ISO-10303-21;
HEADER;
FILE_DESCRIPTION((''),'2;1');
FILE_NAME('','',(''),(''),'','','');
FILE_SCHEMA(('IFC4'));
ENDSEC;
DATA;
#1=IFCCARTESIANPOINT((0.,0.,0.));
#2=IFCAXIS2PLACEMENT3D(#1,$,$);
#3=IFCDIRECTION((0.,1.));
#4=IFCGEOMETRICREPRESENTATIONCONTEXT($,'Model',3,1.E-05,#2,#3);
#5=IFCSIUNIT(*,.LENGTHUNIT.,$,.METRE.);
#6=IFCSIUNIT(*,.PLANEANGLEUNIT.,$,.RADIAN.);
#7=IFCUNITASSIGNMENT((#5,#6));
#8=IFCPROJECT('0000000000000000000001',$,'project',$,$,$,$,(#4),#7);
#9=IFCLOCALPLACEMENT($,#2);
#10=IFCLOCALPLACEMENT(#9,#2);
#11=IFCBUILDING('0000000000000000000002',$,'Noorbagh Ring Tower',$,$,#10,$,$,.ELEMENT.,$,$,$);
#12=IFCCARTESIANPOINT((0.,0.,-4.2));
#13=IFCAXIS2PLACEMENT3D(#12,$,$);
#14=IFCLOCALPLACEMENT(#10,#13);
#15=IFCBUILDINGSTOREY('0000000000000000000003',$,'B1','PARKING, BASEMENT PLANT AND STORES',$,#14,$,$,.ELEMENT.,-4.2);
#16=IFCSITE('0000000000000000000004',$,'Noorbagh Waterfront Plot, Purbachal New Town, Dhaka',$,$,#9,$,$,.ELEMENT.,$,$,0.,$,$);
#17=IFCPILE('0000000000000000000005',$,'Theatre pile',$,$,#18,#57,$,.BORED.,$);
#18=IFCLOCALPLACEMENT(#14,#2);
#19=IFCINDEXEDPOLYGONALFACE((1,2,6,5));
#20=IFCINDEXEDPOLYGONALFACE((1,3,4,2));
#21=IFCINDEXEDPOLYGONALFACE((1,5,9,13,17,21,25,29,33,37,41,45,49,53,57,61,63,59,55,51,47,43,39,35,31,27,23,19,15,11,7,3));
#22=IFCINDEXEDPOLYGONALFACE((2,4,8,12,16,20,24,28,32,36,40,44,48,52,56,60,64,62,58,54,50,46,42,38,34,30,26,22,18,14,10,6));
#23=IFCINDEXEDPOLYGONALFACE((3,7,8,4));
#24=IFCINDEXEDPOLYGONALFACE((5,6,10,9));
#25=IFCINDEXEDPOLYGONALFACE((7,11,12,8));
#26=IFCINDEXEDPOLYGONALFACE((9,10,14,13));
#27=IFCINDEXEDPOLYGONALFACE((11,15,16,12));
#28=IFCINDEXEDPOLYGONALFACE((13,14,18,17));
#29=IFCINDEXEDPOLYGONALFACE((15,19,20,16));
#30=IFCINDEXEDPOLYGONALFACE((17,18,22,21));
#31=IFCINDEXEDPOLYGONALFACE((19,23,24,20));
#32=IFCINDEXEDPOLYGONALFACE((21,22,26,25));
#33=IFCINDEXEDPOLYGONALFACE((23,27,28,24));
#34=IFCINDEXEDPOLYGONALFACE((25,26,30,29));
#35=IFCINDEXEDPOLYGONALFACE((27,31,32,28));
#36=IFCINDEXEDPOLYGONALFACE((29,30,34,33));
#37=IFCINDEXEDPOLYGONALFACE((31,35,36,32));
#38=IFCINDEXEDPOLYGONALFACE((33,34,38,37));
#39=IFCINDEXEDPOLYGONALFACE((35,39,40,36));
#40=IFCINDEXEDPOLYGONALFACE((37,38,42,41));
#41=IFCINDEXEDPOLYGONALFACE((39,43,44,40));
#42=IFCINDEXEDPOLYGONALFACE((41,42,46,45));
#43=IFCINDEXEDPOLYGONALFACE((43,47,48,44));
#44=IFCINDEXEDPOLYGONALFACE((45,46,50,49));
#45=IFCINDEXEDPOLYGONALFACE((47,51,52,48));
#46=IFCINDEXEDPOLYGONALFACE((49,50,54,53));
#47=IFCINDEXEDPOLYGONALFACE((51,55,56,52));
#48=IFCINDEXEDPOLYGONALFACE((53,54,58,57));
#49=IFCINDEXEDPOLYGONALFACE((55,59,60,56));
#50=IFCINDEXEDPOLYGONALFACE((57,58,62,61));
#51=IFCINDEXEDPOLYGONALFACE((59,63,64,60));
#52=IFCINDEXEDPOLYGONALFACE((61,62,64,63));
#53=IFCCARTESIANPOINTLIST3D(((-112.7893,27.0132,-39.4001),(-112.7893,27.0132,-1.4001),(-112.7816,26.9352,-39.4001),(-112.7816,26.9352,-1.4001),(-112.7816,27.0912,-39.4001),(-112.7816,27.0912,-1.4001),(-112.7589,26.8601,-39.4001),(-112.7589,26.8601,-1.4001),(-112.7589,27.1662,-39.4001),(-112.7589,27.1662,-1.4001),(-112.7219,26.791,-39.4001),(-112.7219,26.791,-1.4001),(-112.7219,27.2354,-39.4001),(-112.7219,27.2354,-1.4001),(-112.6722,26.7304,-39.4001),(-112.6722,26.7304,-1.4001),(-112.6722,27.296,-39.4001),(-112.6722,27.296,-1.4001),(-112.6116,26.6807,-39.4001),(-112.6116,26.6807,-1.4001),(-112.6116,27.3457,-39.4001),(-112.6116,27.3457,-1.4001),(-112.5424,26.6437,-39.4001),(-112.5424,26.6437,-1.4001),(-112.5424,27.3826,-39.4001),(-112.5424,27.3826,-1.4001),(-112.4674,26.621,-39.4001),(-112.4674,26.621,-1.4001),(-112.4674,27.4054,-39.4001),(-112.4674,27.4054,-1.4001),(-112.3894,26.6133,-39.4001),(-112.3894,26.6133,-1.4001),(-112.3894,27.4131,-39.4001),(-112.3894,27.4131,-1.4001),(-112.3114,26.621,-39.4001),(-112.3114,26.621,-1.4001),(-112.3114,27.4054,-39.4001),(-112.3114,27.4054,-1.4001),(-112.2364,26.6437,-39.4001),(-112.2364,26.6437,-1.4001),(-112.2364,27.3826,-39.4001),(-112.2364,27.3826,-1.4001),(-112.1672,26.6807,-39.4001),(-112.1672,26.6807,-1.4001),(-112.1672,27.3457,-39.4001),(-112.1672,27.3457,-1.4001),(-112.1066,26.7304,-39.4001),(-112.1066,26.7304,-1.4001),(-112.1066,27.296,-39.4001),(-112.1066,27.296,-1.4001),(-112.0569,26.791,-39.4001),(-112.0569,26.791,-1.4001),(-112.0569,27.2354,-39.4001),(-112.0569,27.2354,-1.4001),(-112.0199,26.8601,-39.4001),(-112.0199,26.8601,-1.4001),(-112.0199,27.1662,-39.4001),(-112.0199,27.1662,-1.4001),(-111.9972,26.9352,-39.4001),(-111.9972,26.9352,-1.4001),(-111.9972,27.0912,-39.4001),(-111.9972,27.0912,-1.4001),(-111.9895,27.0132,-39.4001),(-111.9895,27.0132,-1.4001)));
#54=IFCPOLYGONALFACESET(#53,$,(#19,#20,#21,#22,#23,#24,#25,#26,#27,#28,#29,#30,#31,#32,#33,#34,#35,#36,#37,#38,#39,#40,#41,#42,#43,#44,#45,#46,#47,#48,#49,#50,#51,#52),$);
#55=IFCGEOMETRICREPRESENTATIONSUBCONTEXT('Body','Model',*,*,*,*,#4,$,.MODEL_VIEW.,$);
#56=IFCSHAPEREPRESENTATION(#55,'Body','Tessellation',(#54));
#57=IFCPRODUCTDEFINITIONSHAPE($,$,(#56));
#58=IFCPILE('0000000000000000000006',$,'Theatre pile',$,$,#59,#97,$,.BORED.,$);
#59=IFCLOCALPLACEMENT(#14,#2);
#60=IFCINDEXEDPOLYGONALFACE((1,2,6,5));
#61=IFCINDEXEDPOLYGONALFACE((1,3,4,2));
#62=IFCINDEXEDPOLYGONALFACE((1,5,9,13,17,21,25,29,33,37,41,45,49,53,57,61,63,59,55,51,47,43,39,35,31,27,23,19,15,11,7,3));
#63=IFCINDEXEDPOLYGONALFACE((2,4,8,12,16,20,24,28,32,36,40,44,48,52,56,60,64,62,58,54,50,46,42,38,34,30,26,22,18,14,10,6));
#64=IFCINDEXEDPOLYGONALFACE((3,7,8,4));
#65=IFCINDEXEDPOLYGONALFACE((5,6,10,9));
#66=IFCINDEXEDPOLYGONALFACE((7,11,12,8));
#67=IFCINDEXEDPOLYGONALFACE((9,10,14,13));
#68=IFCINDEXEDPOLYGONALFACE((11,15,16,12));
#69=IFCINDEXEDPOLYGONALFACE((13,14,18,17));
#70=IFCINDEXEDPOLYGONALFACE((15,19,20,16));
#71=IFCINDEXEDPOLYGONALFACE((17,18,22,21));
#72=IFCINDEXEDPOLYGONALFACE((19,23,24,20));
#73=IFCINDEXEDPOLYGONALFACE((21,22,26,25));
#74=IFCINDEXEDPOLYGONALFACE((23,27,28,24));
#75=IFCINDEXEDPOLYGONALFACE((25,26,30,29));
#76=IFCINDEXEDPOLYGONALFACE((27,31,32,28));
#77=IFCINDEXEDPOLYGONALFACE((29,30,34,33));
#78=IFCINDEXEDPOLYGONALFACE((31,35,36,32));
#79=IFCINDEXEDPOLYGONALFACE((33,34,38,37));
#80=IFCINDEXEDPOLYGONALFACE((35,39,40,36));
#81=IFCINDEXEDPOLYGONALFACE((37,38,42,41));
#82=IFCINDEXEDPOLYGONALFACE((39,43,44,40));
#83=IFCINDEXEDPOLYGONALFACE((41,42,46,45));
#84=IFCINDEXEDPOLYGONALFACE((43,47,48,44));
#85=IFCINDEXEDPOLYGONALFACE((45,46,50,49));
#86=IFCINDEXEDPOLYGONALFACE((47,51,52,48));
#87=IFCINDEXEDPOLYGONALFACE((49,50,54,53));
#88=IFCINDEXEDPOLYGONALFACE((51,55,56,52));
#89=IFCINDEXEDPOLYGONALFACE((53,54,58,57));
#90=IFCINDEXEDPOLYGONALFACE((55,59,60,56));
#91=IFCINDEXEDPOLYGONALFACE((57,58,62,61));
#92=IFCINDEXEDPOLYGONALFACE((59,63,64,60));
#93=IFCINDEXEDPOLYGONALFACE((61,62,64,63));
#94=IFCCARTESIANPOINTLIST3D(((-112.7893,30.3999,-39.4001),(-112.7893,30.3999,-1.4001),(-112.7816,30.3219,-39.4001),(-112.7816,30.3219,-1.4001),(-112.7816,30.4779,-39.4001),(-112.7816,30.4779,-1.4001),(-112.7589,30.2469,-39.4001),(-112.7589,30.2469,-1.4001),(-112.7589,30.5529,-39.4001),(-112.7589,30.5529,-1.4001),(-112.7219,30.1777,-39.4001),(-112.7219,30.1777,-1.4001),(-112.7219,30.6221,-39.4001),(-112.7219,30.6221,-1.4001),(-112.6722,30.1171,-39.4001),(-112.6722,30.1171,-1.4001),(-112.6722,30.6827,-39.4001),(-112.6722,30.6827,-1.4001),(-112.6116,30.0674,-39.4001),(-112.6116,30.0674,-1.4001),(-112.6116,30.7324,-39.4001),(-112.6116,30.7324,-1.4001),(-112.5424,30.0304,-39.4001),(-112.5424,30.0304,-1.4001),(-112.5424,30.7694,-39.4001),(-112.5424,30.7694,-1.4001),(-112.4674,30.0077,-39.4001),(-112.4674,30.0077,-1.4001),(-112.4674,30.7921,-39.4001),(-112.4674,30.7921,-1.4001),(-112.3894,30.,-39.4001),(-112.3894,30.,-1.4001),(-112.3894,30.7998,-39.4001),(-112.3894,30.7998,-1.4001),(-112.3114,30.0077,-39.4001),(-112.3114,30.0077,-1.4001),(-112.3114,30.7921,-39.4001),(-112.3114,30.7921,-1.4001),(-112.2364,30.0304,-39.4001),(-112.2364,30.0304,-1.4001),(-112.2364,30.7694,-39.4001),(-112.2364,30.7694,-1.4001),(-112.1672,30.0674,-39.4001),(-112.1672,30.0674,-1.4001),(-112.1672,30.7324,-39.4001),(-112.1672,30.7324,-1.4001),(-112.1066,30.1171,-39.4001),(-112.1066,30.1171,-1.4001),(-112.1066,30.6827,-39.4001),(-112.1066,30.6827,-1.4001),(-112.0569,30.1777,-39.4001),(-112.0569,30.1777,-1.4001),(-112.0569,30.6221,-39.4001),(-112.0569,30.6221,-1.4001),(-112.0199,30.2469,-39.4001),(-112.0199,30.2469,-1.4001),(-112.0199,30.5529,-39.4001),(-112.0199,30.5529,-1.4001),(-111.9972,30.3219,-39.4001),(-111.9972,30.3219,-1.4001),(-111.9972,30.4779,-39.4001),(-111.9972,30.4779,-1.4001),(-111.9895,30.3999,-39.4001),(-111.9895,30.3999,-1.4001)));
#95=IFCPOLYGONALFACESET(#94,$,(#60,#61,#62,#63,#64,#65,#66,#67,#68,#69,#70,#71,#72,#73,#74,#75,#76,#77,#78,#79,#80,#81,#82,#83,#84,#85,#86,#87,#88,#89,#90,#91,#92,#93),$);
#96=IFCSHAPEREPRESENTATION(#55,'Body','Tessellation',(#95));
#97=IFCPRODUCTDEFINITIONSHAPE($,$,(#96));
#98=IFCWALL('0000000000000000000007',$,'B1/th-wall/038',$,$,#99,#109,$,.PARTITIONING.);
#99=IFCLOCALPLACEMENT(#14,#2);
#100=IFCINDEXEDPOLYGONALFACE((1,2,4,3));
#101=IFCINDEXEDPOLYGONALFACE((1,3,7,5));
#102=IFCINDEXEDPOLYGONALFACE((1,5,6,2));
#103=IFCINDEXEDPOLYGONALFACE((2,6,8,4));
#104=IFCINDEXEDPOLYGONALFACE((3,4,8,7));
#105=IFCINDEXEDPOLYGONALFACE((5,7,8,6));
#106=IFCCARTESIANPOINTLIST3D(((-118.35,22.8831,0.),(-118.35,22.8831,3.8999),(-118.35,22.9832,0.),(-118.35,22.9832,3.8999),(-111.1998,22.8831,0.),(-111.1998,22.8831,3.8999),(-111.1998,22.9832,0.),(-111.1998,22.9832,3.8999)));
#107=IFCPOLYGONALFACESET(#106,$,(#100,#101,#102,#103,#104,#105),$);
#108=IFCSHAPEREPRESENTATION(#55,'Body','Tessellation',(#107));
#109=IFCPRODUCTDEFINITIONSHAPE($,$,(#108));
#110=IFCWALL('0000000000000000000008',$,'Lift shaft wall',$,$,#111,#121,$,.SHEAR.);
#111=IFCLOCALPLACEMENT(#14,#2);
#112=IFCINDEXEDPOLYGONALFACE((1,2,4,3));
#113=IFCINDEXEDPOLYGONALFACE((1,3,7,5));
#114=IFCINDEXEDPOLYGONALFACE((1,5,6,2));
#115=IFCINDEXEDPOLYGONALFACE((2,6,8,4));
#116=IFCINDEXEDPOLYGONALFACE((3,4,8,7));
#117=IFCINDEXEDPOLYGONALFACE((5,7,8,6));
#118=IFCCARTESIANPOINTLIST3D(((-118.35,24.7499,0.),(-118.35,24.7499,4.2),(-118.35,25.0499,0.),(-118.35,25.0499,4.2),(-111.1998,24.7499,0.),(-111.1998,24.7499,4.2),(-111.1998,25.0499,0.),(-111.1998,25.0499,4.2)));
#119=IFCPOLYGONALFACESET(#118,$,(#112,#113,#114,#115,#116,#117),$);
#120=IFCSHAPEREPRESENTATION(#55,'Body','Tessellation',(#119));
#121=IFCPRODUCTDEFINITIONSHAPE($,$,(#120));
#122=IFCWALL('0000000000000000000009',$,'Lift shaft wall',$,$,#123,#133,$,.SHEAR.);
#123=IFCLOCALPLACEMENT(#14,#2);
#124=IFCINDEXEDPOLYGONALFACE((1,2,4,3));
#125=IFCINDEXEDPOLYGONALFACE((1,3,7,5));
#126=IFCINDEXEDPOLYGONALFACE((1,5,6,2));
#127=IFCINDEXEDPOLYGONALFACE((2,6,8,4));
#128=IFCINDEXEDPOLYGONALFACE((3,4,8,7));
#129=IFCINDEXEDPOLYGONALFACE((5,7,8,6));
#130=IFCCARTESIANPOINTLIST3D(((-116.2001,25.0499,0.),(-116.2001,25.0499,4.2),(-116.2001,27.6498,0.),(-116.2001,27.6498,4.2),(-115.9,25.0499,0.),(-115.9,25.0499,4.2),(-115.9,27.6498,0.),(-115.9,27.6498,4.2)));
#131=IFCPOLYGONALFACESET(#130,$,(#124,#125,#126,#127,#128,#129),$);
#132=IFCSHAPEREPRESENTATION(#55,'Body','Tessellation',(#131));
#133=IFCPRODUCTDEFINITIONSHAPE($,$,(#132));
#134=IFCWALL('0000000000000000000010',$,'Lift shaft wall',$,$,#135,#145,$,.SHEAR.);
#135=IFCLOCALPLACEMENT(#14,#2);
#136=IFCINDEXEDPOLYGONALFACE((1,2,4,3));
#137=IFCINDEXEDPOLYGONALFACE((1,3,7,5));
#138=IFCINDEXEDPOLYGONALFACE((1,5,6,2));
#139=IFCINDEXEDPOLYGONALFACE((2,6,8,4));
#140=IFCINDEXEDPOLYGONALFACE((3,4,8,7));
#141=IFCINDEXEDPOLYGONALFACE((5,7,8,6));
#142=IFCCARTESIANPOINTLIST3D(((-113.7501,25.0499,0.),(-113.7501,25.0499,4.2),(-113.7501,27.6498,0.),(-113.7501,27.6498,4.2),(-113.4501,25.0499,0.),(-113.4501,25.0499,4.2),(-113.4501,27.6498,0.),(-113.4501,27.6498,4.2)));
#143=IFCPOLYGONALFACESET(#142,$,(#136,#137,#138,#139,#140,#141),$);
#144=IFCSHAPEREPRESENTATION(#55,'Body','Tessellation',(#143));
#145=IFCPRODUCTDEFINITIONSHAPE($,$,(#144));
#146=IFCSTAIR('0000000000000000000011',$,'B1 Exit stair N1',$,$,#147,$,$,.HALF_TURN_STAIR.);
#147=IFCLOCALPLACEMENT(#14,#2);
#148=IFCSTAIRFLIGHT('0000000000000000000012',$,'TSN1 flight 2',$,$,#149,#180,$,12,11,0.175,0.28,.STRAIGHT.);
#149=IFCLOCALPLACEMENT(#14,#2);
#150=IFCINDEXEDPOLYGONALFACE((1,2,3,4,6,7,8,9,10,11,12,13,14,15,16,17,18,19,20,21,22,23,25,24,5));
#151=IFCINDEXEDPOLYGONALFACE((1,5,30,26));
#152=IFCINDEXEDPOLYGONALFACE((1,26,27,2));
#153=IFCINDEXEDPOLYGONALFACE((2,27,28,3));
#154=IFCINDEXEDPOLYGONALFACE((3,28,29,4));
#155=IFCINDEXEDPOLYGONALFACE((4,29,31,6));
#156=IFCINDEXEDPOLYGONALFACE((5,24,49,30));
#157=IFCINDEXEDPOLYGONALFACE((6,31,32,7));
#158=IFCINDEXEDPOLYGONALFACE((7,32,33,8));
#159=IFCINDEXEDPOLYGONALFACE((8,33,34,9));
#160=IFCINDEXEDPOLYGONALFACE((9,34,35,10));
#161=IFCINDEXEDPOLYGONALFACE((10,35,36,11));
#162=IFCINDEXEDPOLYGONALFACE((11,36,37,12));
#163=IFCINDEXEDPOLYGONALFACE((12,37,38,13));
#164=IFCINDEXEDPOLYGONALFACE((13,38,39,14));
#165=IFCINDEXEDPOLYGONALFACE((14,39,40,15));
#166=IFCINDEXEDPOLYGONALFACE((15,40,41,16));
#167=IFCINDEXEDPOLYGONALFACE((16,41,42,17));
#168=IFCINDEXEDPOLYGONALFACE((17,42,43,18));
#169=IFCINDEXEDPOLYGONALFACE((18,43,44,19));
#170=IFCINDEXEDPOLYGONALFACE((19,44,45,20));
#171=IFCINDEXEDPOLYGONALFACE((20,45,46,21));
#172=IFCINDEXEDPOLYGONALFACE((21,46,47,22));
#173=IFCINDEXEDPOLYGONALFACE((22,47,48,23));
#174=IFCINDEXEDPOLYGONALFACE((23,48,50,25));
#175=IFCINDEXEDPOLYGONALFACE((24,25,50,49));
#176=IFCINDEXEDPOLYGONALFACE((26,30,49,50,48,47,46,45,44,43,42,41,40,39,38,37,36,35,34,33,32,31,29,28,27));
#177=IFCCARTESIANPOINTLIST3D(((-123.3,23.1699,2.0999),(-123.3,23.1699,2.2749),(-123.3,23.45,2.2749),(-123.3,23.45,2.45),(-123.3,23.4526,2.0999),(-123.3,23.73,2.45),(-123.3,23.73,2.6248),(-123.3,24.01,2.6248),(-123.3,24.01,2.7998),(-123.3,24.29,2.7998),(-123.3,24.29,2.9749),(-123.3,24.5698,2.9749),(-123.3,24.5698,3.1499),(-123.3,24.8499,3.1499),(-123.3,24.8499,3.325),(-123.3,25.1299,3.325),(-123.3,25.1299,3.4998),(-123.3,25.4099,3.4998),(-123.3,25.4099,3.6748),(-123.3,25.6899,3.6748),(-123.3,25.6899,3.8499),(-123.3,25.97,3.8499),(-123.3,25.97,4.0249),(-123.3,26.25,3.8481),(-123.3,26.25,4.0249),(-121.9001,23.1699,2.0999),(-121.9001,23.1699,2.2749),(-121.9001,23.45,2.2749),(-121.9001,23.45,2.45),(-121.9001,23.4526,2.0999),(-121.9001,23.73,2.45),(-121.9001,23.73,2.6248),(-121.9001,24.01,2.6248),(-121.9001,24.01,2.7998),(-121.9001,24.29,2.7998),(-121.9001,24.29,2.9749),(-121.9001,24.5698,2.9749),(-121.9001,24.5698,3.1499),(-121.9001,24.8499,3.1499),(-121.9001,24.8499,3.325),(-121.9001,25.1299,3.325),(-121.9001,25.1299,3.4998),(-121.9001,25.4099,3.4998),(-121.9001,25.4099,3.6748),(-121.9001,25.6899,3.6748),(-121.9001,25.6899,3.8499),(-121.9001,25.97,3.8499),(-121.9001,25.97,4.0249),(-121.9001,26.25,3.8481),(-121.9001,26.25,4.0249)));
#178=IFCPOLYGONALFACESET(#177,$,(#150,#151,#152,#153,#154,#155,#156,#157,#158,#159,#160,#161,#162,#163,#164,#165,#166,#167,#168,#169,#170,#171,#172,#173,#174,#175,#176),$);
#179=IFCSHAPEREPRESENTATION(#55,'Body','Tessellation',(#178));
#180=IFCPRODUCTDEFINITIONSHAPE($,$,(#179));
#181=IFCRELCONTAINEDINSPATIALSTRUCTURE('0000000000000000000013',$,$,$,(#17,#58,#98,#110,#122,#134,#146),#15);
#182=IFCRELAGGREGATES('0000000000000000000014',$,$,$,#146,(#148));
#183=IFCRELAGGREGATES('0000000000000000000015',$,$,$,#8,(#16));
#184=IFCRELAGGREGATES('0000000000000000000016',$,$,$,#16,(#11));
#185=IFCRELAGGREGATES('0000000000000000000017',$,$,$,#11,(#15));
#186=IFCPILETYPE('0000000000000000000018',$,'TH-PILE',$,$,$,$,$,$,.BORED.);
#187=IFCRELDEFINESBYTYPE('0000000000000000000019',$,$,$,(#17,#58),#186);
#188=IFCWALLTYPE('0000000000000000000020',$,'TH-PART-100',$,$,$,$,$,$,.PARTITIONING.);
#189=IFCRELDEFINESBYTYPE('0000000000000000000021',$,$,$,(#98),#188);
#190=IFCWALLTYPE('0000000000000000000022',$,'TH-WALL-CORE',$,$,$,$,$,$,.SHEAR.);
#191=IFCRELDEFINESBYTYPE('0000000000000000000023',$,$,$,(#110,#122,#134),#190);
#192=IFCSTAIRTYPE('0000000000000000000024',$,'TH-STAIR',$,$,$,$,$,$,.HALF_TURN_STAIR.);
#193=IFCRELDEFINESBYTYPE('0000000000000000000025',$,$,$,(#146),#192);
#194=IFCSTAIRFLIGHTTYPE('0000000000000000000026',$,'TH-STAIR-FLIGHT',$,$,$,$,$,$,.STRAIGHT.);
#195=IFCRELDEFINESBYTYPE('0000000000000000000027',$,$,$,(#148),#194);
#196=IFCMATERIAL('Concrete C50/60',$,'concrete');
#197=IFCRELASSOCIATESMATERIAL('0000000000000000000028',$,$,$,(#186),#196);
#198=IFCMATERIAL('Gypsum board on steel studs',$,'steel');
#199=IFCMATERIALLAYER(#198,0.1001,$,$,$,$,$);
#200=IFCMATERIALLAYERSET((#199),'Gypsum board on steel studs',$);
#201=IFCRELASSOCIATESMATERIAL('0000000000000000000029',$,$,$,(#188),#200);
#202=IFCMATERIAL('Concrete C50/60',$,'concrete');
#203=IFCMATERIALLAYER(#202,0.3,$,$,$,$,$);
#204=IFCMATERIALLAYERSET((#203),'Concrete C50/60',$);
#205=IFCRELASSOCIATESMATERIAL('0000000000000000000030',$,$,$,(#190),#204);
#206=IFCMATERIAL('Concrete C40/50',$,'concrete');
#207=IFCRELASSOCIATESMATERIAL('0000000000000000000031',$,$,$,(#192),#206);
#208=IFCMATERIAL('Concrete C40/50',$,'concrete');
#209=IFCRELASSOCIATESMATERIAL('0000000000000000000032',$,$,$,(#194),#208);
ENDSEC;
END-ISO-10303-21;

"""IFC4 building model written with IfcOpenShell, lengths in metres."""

from ifc_helpers import new_model, si_unit, direction, frame, frame_2d, origin, origin_2d, place, context, subcontext, project, spatial, polyline, rectangle, circle, outline, extrude, material, layer, layer_set, material_profile, profile_set, type_object, element, aggregate, save


model = new_model("IFC4")

# Units and contexts
model_context = context("Model", 3, precision=1e-05, world=origin(), true_north=direction((0.0, 1.0)))
body_context = subcontext(model_context, "Body", "Model", "MODEL_VIEW")
ifc_project = project(units=[si_unit("LENGTHUNIT", "METRE"), si_unit("PLANEANGLEUNIT", "RADIAN")], contexts=[model_context])

# Site, building, storey
site_placement = place(None, origin())
site = spatial("IfcSite", under=ifc_project, at=site_placement, Name="Noorbagh Waterfront Plot, Purbachal New Town, Dhaka", CompositionType="ELEMENT", RefElevation=0.0)
building_placement = place(site_placement, origin())
building = spatial("IfcBuilding", under=site, at=building_placement, Name="Noorbagh Ring Tower", CompositionType="ELEMENT")
storey_placement = place(building_placement, frame((0.0, 0.0, -4.2)))
storey = spatial("IfcBuildingStorey", under=building, at=storey_placement, Name="B1", Description="PARKING, BASEMENT PLANT AND STORES", CompositionType="ELEMENT", Elevation=-4.2)

# Piles
ifc_material_1 = material(Name="Concrete C50/60", Category="concrete")
ifc_material_profile = material_profile(ifc_material_1, circle(Radius=0.3999, at=origin_2d()), Name="PILE800")
ifc_profile_set = profile_set([ifc_material_profile], Name="Concrete C50/60")
pile_type = type_object("IfcPileType", Name="TH-PILE", PredefinedType="BORED", material=ifc_profile_set)
for number, where, z_axis, x_axis, name in (
    (1, (-112.3894, 27.0132, -1.4001), (0.0, 0.0, -1.0), (1.0, 0.0, 0.0), "Theatre pile"),
    (2, (-112.3894, 30.3999, -1.4001), (0.0, 0.0, -1.0), (1.0, 0.0, 0.0), "Theatre pile"),
):
    element("IfcPile", number, at=place(storey_placement, frame(where, z_axis=z_axis, x_axis=x_axis)), inside=storey, type_object=pile_type, Name=name, PredefinedType="BORED", context=body_context, shape_type="SweptSolid", body=[
        extrude(circle(Radius=0.3999, at=origin_2d()), origin(), (0.0, 0.0, 1.0), 38.0),
    ])

# Walls
ifc_material_2 = material(Name="Gypsum board on steel studs", Category="steel")
ifc_layer_1 = layer(ifc_material_2, 0.1001)
ifc_layer_set_1 = layer_set([ifc_layer_1], Name="Gypsum board on steel studs")
wall_type_1 = type_object("IfcWallType", Name="TH-PART-100", PredefinedType="PARTITIONING", material=ifc_layer_set_1)
wall_1_placement = place(storey_placement, frame((-118.3501, 22.9331, 0.0), z_axis=(0.0, 0.0, 1.0), x_axis=(1.0, 0.0, 0.0)))
element("IfcWall", 3, at=wall_1_placement, inside=storey, type_object=wall_type_1, Name="B1/th-wall/038", PredefinedType="PARTITIONING", context=body_context, shape_type="SweptSolid", body=[
    extrude(rectangle(XDim=7.1501, YDim=0.1001, at=frame_2d((3.5752, 0.0))), origin(), (0.0, 0.0, 1.0), 3.8999),
])
ifc_material_3 = material(Name="Concrete C50/60", Category="concrete")
ifc_layer_2 = layer(ifc_material_3, 0.3)
ifc_layer_set_2 = layer_set([ifc_layer_2], Name="Concrete C50/60")
wall_type_2 = type_object("IfcWallType", Name="TH-WALL-CORE", PredefinedType="SHEAR", material=ifc_layer_set_2)
wall_2_placement = place(storey_placement, frame((-118.3501, 24.8999, 0.0), z_axis=(0.0, 0.0, 1.0), x_axis=(1.0, 0.0, 0.0)))
element("IfcWall", 4, at=wall_2_placement, inside=storey, type_object=wall_type_2, Name="Lift shaft wall", PredefinedType="SHEAR", context=body_context, shape_type="SweptSolid", body=[
    extrude(rectangle(XDim=7.1501, YDim=0.3, at=frame_2d((3.5752, 0.0))), origin(), (0.0, 0.0, 1.0), 4.2),
])
for number, where, z_axis, x_axis, name in (
    (5, (-116.05, 25.05, 0.0), (0.0, 0.0, 1.0), (0.0, 1.0, 0.0), "Lift shaft wall"),
    (6, (-113.6001, 25.05, 0.0), (0.0, 0.0, 1.0), (0.0, 1.0, 0.0), "Lift shaft wall"),
):
    element("IfcWall", number, at=place(storey_placement, frame(where, z_axis=z_axis, x_axis=x_axis)), inside=storey, type_object=wall_type_2, Name=name, PredefinedType="SHEAR", context=body_context, shape_type="SweptSolid", body=[
        extrude(rectangle(XDim=2.5999, YDim=0.3, at=frame_2d((1.2998, 0.0))), origin(), (0.0, 0.0, 1.0), 4.2),
    ])

# Stair, stair flight
ifc_material_4 = material(Name="Concrete C40/50", Category="concrete")
stair_type = type_object("IfcStairType", Name="TH-STAIR", PredefinedType="HALF_TURN_STAIR", material=ifc_material_4)
stair_1_placement = place(storey_placement, origin())
stair_1 = element("IfcStair", 7, at=stair_1_placement, inside=storey, type_object=stair_type, Name="B1 Exit stair N1", PredefinedType="HALF_TURN_STAIR")
ifc_material_5 = material(Name="Concrete C40/50", Category="concrete")
stair_flight_type = type_object("IfcStairFlightType", Name="TH-STAIR-FLIGHT", PredefinedType="STRAIGHT", material=ifc_material_5)
stair_flight_1_placement = place(storey_placement, frame((-122.6001, 23.1699, 2.0999), z_axis=(0.0, 0.0, 1.0), x_axis=(0.0, 1.0, 0.0)))
stair_flight_1 = element("IfcStairFlight", 8, at=stair_flight_1_placement, type_object=stair_flight_type, Name="TSN1 flight 2", NumberOfRisers=12, NumberOfTreads=11, PredefinedType="STRAIGHT", RiserHeight=0.175, TreadLength=0.28, context=body_context, shape_type="SweptSolid", body=[
    extrude(outline(polyline([(0.0, 0.0), (0.0, 0.175), (0.28, 0.175), (0.28, 0.3501), (0.5601, 0.3501), (0.5601, 0.5249), (0.8401, 0.5249), (0.8401, 0.7), (1.1201, 0.7), (1.1201, 0.875), (1.3999, 0.875), (1.3999, 1.05), (1.6799, 1.05), (1.6799, 1.2251), (1.96, 1.2251), (1.96, 1.3999), (2.24, 1.3999), (2.24, 1.575), (2.52, 1.575), (2.52, 1.75), (2.8, 1.75), (2.8, 1.925), (3.0801, 1.925), (3.0801, 2.1001), (3.0801, 1.7483), (0.2827, 0.0), (0.0, 0.0)])), frame((0.0, 0.7, 0.0), z_axis=(0.0, -1.0, 0.0), x_axis=(1.0, 0.0, 0.0)), (0.0, 0.0, 1.0), 1.3999),
])
aggregate(stair_1, [stair_flight_1])

save(model, "model.ifc")
